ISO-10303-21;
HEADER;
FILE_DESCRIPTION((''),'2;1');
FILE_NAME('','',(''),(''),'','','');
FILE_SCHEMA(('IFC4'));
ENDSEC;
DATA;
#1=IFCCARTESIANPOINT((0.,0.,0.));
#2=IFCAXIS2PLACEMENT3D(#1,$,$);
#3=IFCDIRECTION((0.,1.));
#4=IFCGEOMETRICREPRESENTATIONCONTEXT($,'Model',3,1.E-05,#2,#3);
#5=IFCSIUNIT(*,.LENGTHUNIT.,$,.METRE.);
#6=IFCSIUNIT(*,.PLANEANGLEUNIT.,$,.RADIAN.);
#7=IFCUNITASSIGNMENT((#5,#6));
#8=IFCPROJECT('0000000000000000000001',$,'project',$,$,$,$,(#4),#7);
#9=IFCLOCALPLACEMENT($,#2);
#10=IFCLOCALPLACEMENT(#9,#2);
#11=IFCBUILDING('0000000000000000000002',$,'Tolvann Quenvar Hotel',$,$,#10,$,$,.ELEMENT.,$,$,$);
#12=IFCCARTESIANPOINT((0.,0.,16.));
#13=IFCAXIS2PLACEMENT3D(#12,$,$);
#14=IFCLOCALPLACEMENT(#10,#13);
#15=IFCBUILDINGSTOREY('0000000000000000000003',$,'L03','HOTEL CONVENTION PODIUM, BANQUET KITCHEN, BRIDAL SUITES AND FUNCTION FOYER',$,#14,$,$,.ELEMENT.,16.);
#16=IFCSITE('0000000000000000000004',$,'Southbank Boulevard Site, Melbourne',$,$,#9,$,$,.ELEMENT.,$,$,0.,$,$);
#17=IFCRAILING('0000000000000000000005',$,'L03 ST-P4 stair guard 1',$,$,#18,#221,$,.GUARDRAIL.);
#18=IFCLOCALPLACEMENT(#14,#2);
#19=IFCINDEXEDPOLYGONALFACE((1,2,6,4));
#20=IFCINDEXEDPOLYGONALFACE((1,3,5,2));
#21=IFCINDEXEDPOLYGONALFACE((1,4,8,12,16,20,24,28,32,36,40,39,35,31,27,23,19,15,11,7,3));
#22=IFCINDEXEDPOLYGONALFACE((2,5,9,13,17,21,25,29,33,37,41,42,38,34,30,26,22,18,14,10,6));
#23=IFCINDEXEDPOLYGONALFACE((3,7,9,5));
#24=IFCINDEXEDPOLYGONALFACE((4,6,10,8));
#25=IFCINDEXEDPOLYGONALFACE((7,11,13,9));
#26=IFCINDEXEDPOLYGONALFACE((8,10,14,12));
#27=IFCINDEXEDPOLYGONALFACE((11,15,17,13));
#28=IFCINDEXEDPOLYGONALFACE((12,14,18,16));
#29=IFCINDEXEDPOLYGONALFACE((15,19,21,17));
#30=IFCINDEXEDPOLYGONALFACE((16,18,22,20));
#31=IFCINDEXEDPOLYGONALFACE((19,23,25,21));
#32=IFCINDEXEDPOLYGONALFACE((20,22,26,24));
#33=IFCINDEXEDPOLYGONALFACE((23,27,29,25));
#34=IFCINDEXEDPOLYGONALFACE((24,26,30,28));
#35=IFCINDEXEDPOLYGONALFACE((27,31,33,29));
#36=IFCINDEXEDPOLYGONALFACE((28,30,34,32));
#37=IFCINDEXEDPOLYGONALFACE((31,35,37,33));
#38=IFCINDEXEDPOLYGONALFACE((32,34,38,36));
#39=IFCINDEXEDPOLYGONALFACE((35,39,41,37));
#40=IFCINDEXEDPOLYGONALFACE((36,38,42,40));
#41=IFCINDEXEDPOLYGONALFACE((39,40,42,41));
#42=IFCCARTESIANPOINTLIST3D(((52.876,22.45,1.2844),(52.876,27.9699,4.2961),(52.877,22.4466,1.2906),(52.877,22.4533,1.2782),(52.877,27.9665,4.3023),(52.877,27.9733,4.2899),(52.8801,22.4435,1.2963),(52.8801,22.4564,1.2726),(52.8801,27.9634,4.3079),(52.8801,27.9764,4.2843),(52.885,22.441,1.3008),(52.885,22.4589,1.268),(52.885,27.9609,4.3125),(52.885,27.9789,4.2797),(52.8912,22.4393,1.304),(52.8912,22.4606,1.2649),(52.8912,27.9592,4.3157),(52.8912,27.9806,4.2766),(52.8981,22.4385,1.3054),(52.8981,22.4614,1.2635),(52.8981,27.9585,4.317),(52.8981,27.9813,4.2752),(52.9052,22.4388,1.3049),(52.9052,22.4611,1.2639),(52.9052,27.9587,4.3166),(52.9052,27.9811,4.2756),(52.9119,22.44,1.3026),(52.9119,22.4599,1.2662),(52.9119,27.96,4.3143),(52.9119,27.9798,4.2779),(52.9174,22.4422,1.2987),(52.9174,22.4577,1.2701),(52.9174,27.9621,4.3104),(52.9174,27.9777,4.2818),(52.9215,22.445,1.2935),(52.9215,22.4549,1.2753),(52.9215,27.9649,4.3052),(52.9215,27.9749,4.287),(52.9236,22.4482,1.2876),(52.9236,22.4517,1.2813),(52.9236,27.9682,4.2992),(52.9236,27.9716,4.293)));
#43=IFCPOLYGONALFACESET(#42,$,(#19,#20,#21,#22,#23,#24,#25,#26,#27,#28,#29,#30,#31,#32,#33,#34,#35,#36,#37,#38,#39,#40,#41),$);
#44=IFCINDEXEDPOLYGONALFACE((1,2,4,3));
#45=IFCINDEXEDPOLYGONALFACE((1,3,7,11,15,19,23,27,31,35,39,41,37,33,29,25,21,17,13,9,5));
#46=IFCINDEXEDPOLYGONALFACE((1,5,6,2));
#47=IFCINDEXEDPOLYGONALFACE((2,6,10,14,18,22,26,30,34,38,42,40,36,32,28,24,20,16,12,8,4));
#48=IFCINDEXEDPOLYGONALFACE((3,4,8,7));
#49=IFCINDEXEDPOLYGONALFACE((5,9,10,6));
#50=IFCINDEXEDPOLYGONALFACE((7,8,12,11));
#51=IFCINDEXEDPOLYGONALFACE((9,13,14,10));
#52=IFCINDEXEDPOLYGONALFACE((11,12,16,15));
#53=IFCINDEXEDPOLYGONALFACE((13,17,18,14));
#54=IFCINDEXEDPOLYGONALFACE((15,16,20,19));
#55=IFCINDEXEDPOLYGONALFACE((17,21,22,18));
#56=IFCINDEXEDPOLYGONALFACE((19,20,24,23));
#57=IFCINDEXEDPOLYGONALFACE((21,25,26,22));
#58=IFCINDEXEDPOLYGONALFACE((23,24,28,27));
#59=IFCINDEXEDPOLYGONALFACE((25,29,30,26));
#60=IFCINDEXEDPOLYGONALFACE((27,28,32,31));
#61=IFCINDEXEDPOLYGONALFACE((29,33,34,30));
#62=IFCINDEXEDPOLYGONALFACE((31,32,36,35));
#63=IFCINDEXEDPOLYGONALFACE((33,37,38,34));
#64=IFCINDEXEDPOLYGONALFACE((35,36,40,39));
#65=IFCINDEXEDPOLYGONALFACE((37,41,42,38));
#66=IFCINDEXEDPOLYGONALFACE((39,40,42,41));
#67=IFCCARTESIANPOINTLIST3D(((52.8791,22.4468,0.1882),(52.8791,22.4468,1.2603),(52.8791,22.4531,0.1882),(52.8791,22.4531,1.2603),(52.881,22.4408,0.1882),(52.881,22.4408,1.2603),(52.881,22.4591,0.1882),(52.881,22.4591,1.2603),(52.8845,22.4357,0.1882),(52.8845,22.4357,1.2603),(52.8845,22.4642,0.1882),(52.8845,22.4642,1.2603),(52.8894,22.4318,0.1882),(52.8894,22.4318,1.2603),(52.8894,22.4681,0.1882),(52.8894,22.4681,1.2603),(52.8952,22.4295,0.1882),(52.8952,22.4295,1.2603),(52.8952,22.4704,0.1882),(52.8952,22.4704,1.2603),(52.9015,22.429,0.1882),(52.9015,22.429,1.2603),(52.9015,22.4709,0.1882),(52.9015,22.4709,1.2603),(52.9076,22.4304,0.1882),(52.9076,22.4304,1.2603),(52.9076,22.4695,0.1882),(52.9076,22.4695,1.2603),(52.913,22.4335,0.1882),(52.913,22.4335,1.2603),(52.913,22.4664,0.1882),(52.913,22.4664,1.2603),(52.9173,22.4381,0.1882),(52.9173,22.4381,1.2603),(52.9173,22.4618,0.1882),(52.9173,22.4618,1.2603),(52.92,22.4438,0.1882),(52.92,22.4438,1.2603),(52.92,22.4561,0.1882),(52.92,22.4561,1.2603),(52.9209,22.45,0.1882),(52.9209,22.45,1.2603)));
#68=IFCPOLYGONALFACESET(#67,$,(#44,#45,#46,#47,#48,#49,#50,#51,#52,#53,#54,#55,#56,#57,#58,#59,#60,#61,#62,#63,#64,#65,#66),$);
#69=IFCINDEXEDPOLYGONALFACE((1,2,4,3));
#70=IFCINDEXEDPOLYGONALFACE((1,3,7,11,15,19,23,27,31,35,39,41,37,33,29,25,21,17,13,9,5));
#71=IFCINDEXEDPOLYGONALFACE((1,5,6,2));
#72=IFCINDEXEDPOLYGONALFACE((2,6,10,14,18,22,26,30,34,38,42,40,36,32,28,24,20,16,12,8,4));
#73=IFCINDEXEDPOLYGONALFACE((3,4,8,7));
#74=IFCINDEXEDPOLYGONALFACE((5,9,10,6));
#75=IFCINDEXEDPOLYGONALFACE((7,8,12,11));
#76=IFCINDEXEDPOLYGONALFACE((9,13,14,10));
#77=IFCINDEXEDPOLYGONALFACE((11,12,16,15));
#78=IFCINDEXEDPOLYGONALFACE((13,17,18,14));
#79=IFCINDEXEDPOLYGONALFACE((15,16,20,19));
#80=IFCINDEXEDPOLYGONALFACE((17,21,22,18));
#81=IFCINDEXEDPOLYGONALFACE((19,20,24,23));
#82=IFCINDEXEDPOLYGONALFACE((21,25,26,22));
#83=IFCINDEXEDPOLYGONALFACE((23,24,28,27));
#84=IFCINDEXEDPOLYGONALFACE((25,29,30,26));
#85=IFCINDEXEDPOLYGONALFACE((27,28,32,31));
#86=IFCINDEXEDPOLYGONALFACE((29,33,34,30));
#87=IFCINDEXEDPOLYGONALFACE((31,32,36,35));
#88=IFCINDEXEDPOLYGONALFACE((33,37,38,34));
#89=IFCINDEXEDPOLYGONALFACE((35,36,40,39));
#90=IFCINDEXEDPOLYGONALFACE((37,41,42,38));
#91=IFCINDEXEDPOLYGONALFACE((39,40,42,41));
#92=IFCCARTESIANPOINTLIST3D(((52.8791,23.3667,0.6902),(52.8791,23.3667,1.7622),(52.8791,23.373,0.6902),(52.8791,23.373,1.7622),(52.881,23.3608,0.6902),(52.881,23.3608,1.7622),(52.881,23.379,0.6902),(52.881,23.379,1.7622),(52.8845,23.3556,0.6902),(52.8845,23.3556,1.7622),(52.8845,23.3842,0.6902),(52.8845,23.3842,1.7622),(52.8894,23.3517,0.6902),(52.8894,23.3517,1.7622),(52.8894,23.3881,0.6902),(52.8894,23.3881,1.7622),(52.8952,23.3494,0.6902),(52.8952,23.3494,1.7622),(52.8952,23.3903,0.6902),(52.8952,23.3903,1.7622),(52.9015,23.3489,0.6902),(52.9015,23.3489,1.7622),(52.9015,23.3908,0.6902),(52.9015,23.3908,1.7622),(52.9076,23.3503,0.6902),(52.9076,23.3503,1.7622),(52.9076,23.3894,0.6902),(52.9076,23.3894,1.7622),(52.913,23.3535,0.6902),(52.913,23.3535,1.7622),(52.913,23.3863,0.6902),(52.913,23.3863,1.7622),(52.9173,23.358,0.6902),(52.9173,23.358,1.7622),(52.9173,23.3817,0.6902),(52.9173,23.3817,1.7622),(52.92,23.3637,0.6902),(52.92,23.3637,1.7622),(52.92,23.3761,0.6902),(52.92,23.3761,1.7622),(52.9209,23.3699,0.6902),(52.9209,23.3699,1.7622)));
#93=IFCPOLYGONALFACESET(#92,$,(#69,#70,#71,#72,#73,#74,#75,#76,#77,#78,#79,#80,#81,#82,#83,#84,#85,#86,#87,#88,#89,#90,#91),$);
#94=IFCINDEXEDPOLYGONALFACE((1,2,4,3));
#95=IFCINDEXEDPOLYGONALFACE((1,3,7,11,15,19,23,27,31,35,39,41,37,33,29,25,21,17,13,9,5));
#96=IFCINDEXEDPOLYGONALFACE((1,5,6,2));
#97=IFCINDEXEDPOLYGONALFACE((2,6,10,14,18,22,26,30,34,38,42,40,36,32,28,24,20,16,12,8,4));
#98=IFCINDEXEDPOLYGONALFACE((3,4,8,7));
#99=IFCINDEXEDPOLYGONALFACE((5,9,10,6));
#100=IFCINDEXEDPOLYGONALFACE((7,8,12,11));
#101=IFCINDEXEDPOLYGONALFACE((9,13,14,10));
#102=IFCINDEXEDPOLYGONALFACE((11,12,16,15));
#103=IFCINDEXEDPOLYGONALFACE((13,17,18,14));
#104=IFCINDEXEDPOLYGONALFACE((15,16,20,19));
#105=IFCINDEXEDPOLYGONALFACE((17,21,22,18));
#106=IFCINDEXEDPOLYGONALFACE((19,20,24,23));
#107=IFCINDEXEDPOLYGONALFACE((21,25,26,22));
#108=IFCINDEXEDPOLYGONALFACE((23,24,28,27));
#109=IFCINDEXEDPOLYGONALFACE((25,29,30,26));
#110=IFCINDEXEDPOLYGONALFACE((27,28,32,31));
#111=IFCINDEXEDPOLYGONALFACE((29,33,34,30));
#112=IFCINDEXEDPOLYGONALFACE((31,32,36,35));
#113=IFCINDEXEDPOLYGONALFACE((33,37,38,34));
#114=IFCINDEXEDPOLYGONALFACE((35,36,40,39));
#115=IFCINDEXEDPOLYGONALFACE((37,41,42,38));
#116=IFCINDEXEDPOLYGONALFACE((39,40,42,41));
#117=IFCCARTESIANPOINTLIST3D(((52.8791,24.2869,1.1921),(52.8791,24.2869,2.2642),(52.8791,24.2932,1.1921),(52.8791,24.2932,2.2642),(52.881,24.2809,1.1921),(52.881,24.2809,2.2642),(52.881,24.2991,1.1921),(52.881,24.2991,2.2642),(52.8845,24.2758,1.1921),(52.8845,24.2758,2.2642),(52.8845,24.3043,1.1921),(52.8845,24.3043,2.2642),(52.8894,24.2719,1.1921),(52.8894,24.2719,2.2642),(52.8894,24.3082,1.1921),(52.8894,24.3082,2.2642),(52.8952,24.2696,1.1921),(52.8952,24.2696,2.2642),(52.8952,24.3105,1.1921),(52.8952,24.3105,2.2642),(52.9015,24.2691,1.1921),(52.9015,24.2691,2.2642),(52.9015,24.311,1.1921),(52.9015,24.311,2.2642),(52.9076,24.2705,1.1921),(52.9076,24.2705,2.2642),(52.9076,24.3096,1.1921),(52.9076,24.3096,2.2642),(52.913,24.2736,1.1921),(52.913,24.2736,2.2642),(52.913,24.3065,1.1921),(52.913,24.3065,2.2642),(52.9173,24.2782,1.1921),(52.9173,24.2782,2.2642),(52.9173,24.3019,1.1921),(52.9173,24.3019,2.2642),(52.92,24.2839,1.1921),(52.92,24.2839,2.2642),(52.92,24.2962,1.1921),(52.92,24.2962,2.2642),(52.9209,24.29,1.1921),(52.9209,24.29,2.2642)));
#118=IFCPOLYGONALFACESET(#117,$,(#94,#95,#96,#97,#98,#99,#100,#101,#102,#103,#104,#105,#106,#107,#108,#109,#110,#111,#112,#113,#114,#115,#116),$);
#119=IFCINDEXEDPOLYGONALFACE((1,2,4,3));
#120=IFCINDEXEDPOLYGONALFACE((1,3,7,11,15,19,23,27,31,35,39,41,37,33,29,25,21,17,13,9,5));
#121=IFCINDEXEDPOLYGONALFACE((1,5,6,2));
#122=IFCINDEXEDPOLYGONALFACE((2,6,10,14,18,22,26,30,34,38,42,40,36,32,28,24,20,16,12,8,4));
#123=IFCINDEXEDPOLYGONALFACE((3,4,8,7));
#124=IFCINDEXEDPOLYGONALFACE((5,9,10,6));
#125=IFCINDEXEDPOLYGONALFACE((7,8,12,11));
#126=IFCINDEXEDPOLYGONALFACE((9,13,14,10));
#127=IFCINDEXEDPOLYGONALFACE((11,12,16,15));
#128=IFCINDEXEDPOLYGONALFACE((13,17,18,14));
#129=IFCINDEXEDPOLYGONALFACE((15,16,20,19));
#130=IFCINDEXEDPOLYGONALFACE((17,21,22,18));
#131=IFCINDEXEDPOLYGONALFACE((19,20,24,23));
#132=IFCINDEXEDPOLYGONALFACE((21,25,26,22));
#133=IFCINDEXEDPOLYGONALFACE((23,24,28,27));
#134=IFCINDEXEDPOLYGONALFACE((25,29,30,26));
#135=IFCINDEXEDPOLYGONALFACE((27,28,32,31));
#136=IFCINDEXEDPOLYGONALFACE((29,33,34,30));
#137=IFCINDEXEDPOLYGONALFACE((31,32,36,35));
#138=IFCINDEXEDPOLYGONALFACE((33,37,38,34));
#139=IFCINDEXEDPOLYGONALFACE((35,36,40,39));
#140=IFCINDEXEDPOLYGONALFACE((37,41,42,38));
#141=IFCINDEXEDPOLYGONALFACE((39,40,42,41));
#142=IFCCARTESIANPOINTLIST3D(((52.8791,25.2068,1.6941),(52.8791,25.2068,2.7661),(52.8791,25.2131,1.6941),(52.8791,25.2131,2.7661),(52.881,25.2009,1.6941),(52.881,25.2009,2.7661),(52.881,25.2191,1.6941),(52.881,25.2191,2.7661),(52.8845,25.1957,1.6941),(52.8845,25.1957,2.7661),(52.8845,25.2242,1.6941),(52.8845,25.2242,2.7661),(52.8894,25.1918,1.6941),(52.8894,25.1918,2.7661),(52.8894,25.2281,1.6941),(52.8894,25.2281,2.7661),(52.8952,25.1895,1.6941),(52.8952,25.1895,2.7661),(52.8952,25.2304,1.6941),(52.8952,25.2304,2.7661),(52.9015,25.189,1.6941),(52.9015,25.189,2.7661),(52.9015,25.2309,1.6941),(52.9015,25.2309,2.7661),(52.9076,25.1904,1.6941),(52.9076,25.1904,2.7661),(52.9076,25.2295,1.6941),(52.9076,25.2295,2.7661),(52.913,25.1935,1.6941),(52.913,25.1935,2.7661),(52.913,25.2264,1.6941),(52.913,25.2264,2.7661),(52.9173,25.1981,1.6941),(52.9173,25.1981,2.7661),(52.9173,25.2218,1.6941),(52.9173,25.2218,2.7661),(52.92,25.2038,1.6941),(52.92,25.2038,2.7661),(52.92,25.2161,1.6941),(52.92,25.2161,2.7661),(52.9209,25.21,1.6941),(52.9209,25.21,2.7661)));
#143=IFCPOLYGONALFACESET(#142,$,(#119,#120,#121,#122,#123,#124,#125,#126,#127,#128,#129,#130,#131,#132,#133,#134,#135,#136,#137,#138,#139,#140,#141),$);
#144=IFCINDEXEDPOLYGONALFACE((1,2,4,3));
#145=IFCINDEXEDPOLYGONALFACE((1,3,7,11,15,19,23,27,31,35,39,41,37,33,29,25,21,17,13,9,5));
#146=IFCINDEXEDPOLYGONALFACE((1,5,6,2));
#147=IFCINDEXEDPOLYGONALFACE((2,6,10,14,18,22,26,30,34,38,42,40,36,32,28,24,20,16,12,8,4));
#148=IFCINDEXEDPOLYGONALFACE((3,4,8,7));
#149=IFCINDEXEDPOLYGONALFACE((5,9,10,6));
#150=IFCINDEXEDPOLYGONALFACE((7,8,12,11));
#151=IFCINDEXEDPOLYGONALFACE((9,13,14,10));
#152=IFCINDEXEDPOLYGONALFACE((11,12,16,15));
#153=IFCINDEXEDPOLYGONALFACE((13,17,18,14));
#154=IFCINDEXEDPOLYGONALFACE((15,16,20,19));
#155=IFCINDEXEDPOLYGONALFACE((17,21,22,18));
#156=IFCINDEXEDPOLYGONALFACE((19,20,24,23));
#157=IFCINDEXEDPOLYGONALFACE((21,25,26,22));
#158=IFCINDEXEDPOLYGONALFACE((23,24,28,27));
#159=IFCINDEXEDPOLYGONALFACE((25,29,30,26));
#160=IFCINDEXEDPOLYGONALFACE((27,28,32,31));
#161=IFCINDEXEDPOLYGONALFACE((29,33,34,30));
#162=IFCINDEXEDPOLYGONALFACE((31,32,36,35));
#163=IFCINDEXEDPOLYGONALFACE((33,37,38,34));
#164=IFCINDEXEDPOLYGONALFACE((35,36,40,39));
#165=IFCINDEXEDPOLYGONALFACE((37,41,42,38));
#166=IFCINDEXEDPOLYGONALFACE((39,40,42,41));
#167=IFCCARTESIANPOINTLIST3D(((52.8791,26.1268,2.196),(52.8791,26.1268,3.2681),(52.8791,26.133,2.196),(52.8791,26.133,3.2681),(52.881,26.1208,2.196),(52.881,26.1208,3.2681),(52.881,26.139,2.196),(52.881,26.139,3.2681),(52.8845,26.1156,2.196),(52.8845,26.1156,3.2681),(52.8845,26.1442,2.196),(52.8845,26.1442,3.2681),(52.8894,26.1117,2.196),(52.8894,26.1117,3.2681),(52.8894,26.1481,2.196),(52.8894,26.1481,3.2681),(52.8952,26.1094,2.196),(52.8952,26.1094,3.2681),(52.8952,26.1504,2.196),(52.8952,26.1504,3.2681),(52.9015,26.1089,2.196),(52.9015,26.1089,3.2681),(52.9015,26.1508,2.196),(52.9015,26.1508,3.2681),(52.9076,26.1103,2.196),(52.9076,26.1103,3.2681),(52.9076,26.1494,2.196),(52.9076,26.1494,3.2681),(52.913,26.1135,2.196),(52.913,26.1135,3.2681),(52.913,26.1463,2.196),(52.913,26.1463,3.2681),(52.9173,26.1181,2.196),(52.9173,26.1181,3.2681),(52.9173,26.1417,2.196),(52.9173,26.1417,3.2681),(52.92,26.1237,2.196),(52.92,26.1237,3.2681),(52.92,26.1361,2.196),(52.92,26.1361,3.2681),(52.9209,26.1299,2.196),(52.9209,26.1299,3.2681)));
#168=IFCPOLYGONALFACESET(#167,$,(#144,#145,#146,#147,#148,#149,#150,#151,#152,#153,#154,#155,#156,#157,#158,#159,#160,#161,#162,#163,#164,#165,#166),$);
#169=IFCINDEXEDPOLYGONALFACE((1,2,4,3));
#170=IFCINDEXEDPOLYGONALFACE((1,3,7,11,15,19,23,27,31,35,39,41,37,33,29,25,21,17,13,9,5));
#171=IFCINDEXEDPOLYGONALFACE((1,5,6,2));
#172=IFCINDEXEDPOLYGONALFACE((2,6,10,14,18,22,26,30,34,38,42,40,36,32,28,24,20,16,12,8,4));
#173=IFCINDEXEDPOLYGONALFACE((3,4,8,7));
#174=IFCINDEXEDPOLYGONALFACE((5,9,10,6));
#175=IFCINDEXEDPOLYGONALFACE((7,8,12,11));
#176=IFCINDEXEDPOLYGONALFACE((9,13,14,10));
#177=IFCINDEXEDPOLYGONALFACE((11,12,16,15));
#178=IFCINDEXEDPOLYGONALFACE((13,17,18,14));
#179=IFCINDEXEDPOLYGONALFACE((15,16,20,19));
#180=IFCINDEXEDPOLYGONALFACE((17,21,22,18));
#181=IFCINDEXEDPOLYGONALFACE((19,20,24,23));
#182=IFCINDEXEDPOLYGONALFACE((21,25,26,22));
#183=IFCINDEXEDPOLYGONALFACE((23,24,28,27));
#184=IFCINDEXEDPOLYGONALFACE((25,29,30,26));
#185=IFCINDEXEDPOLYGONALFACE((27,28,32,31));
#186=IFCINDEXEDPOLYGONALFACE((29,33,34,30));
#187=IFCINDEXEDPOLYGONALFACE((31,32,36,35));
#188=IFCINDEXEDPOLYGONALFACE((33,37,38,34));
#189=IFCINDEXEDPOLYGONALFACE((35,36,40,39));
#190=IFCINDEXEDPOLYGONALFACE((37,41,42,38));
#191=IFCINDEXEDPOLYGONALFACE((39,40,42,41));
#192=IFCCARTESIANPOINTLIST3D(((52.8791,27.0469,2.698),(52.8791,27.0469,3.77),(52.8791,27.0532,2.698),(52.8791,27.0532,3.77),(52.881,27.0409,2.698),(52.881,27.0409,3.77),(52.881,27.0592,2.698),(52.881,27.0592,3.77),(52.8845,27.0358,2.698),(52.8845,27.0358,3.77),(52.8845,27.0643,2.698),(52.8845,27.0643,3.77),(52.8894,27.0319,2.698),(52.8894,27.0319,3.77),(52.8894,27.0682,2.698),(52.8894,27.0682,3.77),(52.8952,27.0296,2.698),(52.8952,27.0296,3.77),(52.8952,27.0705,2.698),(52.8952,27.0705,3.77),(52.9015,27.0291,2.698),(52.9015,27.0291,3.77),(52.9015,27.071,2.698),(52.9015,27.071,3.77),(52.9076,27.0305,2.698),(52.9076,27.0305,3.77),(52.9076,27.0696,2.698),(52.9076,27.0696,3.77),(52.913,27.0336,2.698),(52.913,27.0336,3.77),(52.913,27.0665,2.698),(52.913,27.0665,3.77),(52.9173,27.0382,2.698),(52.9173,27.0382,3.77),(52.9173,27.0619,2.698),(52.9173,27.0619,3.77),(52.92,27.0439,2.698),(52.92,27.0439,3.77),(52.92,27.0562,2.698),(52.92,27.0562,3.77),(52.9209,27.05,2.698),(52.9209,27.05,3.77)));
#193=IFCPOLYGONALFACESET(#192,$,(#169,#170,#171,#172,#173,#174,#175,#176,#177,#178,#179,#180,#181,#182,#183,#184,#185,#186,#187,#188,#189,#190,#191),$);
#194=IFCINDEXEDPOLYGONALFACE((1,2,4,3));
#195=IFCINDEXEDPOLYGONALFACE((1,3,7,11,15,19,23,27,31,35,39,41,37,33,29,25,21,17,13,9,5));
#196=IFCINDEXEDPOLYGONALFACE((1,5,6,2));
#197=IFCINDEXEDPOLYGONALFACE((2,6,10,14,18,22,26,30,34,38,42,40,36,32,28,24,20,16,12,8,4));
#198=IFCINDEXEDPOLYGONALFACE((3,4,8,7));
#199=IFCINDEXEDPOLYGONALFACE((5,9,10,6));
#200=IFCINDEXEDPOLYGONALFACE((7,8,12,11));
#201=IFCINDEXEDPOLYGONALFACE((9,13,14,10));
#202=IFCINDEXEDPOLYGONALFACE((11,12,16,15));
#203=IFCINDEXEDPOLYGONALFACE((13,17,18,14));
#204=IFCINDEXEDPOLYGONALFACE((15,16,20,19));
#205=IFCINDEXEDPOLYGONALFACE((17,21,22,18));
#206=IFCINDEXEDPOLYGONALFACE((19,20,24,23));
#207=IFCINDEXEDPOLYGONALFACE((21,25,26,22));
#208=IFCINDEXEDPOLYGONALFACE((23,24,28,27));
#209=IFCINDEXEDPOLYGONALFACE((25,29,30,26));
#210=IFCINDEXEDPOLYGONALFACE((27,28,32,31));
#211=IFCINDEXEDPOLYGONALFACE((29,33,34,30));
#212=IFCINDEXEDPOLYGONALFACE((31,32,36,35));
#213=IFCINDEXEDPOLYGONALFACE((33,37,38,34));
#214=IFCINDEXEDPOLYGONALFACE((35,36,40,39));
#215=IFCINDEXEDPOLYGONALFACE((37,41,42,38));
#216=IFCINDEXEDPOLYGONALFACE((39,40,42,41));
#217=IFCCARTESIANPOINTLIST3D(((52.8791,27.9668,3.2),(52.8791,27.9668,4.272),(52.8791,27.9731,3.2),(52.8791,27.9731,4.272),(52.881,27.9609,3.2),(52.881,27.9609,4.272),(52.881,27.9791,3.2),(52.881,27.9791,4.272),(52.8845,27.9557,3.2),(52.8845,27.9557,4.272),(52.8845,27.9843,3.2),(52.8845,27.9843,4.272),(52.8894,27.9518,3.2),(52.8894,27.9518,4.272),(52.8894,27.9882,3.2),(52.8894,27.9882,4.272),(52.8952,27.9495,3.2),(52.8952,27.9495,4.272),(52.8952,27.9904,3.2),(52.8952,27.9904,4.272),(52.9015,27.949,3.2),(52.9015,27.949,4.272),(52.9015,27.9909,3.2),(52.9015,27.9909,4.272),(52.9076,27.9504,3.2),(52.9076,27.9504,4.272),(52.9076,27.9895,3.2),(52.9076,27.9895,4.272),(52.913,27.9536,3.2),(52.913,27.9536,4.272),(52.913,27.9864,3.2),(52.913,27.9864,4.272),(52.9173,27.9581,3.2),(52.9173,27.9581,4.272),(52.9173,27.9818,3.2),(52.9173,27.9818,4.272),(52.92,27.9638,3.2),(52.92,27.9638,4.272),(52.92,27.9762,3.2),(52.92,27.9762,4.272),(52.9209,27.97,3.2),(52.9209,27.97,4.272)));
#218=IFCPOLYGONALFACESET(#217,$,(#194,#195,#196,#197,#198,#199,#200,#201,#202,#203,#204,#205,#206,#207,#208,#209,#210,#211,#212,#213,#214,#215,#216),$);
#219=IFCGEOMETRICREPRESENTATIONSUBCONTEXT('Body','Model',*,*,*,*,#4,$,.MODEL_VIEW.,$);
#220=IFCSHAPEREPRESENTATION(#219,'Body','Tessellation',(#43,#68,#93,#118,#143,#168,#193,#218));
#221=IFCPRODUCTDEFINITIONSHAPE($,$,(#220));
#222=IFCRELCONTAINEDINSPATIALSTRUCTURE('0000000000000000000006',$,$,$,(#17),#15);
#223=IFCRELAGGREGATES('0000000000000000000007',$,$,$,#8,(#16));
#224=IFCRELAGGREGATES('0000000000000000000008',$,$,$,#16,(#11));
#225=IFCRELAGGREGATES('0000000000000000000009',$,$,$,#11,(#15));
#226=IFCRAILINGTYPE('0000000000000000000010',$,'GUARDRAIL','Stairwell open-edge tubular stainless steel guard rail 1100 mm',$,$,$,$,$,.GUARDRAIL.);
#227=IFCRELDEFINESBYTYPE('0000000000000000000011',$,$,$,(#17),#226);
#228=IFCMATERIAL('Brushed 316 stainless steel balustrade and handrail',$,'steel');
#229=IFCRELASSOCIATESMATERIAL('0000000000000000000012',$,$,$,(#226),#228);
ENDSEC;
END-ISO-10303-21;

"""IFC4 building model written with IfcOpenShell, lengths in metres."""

from ifc_helpers import new_model, si_unit, direction, frame, origin, origin_2d, place, context, subcontext, project, spatial, circle, extrude, material, type_object, element, save


model = new_model("IFC4")

# Units and contexts
model_context = context("Model", 3, precision=1e-05, world=origin(), true_north=direction((0.0, 1.0)))
body_context = subcontext(model_context, "Body", "Model", "MODEL_VIEW")
ifc_project = project(units=[si_unit("LENGTHUNIT", "METRE"), si_unit("PLANEANGLEUNIT", "RADIAN")], contexts=[model_context])

# Site, building, storey
site_placement = place(None, origin())
site = spatial("IfcSite", under=ifc_project, at=site_placement, Name="Southbank Boulevard Site, Melbourne", CompositionType="ELEMENT", RefElevation=0.0)
building_placement = place(site_placement, origin())
building = spatial("IfcBuilding", under=site, at=building_placement, Name="Tolvann Quenvar Hotel", CompositionType="ELEMENT")
storey_placement = place(building_placement, frame((0.0, 0.0, 16.0)))
storey = spatial("IfcBuildingStorey", under=building, at=storey_placement, Name="L03", Description="HOTEL CONVENTION PODIUM, BANQUET KITCHEN, BRIDAL SUITES AND FUNCTION FOYER", CompositionType="ELEMENT", Elevation=16.0)

# Railing
ifc_material_1 = material(Name="Brushed 316 stainless steel balustrade and handrail", Category="steel")
railing_type_1 = type_object("IfcRailingType", Name="GUARDRAIL", Description="Stairwell open-edge tubular stainless steel guard rail 1100 mm", PredefinedType="GUARDRAIL", material=ifc_material_1)
railing_1_placement = place(storey_placement, frame((52.8999, 22.45, 0.1882)))
element("IfcRailing", 1, at=railing_1_placement, inside=storey, type_object=railing_type_1, Name="L03 ST-P4 stair guard 1", PredefinedType="GUARDRAIL", context=body_context, shape_type="SweptSolid", body=[
    extrude(circle(Radius=0.0239, at=origin_2d()), frame((0.0, 0.0, 1.0962), z_axis=(0.0, 0.877842, 0.47895), x_axis=(-1.0, 0.0, 0.0)), (0.0, 0.0, 1.0), 6.2881),
    extrude(circle(Radius=0.021, at=origin_2d()), origin(), (0.0, 0.0, 1.0), 1.072),
    extrude(circle(Radius=0.021, at=origin_2d()), frame((0.0, 0.9199, 0.502)), (0.0, 0.0, 1.0), 1.072),
    extrude(circle(Radius=0.021, at=origin_2d()), frame((0.0, 1.8401, 1.0039)), (0.0, 0.0, 1.0), 1.072),
    extrude(circle(Radius=0.021, at=origin_2d()), frame((0.0, 2.76, 1.5059)), (0.0, 0.0, 1.0), 1.072),
    extrude(circle(Radius=0.021, at=origin_2d()), frame((0.0, 3.6799, 2.0078)), (0.0, 0.0, 1.0), 1.072),
    extrude(circle(Radius=0.021, at=origin_2d()), frame((0.0, 4.6001, 2.5098)), (0.0, 0.0, 1.0), 1.072),
    extrude(circle(Radius=0.021, at=origin_2d()), frame((0.0, 5.52, 3.0117)), (0.0, 0.0, 1.0), 1.072),
])

save(model, "model.ifc")
